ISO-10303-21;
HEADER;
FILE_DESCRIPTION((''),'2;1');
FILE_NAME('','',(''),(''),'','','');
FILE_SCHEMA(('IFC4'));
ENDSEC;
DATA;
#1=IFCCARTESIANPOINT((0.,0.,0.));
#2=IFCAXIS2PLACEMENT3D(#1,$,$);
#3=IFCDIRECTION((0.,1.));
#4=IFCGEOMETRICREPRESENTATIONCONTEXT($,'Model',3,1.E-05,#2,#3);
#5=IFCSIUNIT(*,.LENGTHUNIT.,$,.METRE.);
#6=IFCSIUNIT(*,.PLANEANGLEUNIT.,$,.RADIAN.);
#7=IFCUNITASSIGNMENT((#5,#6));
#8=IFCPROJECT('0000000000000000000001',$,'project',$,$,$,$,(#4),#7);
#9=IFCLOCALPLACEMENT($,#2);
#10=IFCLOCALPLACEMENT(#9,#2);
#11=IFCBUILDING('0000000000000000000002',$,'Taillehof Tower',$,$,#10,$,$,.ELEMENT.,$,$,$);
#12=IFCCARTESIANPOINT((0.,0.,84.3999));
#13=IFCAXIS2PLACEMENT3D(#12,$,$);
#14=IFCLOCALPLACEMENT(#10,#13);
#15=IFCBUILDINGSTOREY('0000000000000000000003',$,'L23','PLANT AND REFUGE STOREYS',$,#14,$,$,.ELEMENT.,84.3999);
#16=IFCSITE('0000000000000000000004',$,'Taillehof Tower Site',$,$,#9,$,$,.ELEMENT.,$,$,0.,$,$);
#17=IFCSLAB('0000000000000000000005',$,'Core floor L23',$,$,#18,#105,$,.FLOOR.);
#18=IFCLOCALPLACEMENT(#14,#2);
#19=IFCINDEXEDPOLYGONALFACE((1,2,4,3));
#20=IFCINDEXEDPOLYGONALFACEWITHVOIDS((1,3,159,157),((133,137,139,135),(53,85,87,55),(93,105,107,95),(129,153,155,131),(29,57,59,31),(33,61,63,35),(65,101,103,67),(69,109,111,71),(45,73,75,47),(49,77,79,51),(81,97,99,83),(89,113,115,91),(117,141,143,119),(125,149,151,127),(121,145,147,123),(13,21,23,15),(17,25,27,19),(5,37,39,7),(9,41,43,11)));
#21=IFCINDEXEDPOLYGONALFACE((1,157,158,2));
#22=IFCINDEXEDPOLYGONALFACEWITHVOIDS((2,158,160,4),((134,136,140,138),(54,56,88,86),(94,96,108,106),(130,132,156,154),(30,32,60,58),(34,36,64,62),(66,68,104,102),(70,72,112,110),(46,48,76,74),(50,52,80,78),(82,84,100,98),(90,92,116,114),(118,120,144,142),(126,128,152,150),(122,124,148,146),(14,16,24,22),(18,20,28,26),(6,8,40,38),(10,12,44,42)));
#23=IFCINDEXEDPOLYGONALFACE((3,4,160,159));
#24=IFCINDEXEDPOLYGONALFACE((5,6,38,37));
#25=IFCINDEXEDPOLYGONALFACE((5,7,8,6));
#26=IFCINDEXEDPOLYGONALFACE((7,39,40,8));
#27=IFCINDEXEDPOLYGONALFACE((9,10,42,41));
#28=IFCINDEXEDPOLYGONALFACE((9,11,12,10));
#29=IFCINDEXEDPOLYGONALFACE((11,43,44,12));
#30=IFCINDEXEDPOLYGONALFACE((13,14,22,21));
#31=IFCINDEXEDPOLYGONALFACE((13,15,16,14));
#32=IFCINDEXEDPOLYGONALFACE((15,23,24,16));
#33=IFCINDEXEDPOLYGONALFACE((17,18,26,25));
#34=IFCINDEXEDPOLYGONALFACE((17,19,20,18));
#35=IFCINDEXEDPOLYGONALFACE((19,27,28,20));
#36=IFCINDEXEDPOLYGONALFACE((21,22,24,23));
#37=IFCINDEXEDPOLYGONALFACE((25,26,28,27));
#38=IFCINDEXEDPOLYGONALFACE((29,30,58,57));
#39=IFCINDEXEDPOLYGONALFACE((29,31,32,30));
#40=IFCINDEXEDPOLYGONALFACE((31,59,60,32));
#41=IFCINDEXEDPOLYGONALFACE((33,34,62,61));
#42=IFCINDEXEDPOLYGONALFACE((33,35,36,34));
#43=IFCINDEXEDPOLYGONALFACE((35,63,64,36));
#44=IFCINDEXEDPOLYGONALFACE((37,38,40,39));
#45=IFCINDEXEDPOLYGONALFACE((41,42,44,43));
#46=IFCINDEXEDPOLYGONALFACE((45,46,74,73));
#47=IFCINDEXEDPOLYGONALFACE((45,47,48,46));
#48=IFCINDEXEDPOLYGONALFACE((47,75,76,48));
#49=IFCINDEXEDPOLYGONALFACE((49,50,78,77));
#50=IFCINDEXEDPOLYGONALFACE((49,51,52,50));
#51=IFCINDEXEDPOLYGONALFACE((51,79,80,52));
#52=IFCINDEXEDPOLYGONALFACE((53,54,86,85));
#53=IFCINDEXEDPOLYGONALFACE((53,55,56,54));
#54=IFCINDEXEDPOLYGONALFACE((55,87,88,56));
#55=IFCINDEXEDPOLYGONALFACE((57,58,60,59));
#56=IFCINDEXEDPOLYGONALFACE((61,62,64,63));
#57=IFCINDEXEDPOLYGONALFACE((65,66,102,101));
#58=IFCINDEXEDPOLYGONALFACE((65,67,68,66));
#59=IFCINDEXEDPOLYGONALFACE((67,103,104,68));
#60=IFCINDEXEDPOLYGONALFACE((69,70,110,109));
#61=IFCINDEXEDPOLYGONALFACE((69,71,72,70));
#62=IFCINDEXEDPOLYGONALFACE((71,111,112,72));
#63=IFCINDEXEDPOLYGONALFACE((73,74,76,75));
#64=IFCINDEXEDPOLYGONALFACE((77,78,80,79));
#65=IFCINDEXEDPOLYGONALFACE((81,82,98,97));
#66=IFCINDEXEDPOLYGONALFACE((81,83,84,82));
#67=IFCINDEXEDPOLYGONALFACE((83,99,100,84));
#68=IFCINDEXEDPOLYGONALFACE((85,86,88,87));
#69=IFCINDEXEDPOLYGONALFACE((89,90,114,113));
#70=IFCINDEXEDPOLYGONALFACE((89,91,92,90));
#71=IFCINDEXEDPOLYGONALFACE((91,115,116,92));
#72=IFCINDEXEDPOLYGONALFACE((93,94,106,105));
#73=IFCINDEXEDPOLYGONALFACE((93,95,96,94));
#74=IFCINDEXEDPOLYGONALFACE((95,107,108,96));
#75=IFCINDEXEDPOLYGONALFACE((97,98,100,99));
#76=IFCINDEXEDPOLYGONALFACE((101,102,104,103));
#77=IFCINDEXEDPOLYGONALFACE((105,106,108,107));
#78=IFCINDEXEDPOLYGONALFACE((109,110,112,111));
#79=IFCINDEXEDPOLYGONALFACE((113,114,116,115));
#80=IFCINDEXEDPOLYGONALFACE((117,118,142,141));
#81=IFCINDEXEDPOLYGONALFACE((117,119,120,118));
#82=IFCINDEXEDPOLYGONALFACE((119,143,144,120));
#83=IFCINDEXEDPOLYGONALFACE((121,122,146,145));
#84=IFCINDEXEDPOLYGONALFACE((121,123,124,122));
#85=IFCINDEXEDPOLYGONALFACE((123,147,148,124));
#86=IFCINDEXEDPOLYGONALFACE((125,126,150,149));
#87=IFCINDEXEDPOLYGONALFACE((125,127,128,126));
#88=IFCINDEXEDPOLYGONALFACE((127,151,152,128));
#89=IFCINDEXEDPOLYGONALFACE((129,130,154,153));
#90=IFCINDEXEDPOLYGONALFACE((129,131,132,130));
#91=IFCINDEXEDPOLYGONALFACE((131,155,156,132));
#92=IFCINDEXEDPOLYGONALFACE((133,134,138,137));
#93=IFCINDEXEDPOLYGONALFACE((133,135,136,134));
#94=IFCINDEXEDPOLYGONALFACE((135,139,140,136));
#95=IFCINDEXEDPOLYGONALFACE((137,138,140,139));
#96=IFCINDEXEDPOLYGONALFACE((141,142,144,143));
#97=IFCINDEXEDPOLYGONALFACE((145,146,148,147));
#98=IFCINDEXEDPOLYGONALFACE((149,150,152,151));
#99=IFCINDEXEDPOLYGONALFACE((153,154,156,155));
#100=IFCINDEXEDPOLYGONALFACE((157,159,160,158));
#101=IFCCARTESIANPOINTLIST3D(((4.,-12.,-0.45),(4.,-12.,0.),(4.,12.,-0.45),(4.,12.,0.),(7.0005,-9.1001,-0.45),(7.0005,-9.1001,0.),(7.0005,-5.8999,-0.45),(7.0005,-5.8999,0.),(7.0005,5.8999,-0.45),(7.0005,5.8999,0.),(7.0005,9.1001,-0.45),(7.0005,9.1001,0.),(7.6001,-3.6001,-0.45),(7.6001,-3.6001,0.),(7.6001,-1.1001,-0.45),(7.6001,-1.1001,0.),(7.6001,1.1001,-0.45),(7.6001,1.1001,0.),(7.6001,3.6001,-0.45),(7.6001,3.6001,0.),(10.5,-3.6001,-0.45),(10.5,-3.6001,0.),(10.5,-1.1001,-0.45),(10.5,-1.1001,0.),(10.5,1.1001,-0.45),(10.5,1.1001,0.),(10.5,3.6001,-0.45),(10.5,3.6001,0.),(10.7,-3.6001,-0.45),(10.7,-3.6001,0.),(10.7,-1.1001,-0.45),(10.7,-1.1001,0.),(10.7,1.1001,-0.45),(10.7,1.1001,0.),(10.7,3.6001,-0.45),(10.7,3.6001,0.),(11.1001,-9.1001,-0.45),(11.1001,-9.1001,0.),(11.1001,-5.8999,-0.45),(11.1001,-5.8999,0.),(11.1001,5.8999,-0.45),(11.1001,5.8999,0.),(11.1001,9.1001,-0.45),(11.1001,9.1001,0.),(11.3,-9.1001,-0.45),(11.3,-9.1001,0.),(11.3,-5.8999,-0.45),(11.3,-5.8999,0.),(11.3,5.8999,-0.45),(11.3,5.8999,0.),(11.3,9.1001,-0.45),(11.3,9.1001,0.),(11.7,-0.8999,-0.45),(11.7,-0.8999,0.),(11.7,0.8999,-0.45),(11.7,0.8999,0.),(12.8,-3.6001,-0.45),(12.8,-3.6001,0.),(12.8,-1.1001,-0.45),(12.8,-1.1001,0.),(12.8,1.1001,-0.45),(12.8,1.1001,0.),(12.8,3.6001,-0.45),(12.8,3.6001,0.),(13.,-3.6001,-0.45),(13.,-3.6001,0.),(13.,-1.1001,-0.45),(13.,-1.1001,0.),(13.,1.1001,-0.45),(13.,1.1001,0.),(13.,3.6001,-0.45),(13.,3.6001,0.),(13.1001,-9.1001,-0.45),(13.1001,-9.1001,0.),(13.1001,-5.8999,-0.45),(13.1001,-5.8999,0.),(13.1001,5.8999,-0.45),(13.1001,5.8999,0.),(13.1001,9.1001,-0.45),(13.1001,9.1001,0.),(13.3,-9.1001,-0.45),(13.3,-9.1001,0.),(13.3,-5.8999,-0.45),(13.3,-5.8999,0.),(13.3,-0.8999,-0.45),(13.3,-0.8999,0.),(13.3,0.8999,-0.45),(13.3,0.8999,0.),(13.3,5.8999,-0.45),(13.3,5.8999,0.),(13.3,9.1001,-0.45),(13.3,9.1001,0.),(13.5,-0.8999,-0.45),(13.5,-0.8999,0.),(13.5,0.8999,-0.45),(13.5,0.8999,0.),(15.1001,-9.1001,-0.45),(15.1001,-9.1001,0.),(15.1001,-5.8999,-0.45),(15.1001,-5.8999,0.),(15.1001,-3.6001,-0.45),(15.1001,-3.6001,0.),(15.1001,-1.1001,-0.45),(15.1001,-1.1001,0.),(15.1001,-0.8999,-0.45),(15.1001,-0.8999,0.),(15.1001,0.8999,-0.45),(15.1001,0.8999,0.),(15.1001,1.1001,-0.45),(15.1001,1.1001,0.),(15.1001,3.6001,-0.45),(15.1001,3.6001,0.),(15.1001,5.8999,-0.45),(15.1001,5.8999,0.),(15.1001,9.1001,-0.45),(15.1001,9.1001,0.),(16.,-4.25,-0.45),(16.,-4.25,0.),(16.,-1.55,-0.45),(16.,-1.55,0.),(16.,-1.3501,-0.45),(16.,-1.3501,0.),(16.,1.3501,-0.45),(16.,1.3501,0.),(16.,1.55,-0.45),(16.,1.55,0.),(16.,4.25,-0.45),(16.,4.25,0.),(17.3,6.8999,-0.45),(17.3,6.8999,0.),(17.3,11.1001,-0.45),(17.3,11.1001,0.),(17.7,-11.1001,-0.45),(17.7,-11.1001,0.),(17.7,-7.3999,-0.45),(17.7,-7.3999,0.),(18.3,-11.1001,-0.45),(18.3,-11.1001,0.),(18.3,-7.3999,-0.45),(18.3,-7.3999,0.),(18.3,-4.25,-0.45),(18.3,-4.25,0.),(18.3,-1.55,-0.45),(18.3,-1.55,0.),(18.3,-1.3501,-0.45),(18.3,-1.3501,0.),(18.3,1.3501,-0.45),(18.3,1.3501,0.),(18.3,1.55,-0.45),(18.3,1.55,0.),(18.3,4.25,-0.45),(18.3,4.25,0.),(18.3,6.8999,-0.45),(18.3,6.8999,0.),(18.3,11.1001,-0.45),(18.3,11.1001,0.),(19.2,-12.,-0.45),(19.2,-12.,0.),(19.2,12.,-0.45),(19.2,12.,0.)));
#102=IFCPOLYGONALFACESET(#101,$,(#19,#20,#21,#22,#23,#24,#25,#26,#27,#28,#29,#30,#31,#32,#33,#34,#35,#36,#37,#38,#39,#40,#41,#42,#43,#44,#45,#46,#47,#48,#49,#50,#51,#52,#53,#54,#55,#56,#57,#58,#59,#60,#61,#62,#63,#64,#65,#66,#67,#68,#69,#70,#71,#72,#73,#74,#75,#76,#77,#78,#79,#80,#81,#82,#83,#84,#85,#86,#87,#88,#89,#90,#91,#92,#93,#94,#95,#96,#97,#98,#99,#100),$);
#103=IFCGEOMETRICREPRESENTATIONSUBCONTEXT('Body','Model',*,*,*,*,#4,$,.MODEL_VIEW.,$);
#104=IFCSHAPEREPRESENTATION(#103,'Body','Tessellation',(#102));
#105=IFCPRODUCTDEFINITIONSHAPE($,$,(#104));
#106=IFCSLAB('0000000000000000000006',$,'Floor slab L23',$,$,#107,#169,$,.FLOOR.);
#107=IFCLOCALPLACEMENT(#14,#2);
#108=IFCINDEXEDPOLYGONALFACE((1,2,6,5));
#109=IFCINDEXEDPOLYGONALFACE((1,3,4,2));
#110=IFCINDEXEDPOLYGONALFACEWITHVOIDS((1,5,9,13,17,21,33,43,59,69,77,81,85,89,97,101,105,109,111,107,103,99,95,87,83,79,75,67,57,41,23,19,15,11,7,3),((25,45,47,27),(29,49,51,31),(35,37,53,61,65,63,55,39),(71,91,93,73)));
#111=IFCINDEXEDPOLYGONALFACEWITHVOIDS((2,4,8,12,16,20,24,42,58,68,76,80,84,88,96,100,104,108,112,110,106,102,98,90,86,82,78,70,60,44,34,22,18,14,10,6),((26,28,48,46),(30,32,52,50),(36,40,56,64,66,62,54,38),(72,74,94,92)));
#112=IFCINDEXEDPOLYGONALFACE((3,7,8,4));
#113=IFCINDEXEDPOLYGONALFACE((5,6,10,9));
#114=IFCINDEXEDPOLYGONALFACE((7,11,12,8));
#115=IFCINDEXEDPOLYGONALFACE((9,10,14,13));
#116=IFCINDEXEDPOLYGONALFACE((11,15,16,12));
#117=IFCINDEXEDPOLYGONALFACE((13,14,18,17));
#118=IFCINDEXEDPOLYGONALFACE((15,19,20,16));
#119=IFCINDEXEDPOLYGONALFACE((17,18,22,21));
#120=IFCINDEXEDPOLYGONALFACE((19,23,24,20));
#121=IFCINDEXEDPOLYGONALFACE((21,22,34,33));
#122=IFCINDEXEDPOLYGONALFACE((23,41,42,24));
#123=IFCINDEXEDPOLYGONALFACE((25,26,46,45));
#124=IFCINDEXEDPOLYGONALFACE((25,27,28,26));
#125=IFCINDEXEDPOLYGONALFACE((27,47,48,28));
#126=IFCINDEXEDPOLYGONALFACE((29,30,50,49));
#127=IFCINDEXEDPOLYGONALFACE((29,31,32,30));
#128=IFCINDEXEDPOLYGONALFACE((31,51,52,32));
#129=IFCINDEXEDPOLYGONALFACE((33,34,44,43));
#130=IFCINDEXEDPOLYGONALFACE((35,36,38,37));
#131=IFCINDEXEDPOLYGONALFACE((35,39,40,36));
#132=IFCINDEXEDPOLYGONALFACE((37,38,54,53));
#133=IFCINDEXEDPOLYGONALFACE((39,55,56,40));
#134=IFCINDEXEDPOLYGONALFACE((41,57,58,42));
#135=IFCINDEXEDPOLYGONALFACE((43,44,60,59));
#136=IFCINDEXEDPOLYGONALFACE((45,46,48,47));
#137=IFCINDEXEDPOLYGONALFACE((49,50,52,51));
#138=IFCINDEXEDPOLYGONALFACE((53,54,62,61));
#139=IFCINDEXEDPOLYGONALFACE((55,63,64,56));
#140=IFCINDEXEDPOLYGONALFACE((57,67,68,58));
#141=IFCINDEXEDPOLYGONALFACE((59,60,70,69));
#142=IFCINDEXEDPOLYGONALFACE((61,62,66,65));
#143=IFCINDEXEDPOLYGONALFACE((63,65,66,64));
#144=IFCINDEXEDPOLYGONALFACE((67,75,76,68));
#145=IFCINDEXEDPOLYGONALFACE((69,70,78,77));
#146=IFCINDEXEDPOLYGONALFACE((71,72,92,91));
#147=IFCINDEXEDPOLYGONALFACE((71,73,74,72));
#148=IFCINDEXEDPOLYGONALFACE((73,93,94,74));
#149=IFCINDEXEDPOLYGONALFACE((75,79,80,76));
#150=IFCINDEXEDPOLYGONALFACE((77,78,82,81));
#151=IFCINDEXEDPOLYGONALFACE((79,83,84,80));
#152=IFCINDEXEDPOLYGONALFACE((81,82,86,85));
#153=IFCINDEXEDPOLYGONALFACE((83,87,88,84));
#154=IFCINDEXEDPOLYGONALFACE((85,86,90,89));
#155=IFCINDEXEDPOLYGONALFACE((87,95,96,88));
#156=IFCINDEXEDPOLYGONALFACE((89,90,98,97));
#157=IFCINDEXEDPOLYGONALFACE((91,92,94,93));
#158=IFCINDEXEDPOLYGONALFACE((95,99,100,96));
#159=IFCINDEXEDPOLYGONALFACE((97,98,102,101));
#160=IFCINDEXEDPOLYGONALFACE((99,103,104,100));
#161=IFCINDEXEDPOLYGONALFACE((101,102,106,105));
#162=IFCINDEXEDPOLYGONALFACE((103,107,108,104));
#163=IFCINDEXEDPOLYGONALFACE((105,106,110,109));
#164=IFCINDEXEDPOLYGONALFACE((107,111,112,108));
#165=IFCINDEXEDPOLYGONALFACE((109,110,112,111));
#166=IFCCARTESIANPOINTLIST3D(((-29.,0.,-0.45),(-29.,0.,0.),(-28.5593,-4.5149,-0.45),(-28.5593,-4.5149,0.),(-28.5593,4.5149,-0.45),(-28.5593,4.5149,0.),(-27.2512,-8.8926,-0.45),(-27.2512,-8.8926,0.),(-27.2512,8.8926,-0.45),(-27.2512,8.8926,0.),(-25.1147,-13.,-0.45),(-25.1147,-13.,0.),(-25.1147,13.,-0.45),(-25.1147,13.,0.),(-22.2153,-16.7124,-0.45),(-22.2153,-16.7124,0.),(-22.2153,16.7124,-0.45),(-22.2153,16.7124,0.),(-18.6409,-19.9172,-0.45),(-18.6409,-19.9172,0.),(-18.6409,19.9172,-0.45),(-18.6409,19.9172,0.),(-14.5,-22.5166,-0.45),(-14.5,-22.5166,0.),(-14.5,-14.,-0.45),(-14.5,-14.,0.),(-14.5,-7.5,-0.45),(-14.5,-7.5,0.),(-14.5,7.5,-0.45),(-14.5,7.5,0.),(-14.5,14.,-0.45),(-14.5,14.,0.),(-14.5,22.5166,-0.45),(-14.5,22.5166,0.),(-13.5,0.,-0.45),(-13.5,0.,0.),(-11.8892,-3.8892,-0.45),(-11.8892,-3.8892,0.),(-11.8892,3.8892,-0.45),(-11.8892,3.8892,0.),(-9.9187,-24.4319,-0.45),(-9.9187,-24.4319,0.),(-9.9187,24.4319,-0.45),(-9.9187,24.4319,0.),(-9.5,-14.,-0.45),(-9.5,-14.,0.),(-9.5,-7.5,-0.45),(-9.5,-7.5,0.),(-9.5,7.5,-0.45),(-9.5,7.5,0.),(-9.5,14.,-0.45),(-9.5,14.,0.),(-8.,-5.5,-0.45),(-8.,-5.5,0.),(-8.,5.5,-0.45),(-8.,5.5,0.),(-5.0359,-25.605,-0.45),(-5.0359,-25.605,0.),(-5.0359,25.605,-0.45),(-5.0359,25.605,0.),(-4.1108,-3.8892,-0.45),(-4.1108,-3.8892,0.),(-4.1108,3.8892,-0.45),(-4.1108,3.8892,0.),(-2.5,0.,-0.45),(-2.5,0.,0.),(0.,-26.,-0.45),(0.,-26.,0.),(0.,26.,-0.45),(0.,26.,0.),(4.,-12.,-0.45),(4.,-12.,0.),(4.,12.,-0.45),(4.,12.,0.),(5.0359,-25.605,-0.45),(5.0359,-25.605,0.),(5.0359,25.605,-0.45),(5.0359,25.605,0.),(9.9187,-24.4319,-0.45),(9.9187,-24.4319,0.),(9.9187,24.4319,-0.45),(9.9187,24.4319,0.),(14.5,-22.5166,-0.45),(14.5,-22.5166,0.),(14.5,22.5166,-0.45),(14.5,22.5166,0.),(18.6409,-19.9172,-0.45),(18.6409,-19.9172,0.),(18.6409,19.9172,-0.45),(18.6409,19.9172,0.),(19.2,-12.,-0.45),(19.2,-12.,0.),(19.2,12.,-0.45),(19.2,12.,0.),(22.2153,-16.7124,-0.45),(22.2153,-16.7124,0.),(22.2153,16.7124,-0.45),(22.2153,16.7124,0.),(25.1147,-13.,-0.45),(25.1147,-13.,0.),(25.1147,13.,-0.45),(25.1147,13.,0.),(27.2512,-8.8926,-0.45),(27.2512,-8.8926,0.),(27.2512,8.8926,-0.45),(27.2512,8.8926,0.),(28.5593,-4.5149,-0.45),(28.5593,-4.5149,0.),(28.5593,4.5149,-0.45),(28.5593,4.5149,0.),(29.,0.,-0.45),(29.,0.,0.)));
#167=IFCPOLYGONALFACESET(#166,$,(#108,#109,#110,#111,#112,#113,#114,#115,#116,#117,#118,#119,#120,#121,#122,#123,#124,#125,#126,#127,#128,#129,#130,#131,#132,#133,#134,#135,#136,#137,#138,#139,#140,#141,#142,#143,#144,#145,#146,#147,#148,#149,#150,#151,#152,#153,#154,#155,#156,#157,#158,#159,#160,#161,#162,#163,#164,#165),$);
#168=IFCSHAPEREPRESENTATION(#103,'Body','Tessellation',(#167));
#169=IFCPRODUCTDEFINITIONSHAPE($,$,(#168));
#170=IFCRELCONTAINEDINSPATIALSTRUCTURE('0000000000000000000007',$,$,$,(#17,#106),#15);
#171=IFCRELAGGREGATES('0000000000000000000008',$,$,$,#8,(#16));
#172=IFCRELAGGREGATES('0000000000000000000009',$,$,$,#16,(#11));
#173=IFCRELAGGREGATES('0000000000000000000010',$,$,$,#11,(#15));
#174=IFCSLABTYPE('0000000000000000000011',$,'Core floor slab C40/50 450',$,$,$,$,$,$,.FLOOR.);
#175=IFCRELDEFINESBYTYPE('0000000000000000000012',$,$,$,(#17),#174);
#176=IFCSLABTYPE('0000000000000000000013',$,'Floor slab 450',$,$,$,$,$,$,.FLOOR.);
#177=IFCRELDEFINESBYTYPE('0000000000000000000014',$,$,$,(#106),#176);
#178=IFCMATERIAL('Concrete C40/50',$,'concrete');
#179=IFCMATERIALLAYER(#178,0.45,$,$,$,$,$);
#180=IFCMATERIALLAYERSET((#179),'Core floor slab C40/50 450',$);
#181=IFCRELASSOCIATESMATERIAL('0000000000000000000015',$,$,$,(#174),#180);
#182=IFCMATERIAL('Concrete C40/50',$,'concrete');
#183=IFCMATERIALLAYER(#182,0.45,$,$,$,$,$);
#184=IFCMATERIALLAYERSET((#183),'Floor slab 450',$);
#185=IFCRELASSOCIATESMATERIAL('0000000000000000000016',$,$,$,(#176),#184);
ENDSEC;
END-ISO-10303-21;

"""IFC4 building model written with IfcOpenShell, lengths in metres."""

from ifc_helpers import new_model, si_unit, direction, frame, origin, place, context, subcontext, project, spatial, polyline, outline, extrude, material, layer, layer_set, type_object, element, save


model = new_model("IFC4")

# Units and contexts
model_context = context("Model", 3, precision=1e-05, world=origin(), true_north=direction((0.0, 1.0)))
body_context = subcontext(model_context, "Body", "Model", "MODEL_VIEW")
ifc_project = project(units=[si_unit("LENGTHUNIT", "METRE"), si_unit("PLANEANGLEUNIT", "RADIAN")], contexts=[model_context])

# Site, building, storey
site_placement = place(None, origin())
site = spatial("IfcSite", under=ifc_project, at=site_placement, Name="Taillehof Tower Site", CompositionType="ELEMENT", RefElevation=0.0)
building_placement = place(site_placement, origin())
building = spatial("IfcBuilding", under=site, at=building_placement, Name="Taillehof Tower", CompositionType="ELEMENT")
storey_placement = place(building_placement, frame((0.0, 0.0, 84.3999)))
storey = spatial("IfcBuildingStorey", under=building, at=storey_placement, Name="L23", Description="PLANT AND REFUGE STOREYS", CompositionType="ELEMENT", Elevation=84.3999)

# Slabs
ifc_material_1 = material(Name="Concrete C40/50", Category="concrete")
ifc_layer_1 = layer(ifc_material_1, 0.45)
ifc_layer_set_1 = layer_set([ifc_layer_1], Name="Core floor slab C40/50 450")
slab_type_1 = type_object("IfcSlabType", Name="Core floor slab C40/50 450", PredefinedType="FLOOR", material=ifc_layer_set_1)
slab_1_placement = place(storey_placement, frame((0.0, 0.0, -0.45)))
element("IfcSlab", 1, at=slab_1_placement, inside=storey, type_object=slab_type_1, Name="Core floor L23", PredefinedType="FLOOR", context=body_context, shape_type="SweptSolid", body=[
    extrude(outline(polyline([(4.0, -12.0), (4.0, 12.0), (19.2, 12.0), (19.2, -12.0), (4.0, -12.0)]), holes=[polyline([(7.0005, -9.1001), (11.1001, -9.1001), (11.1001, -5.8999), (7.0005, -5.8999), (7.0005, -9.1001)]), polyline([(13.1001, -9.1001), (13.1001, -5.8999), (11.3, -5.8999), (11.3, -9.1001), (13.1001, -9.1001)]), polyline([(10.5, -3.6001), (10.5, -1.1001), (7.6001, -1.1001), (7.6001, -3.6001), (10.5, -3.6001)]), polyline([(12.8, -3.6001), (12.8, -1.1001), (10.7, -1.1001), (10.7, -3.6001), (12.8, -3.6001)]), polyline([(13.3, -0.8999), (13.3, 0.8999), (11.7, 0.8999), (11.7, -0.8999), (13.3, -0.8999)]), polyline([(10.5, 1.1001), (10.5, 3.6001), (7.6001, 3.6001), (7.6001, 1.1001), (10.5, 1.1001)]), polyline([(12.8, 1.1001), (12.8, 3.6001), (10.7, 3.6001), (10.7, 1.1001), (12.8, 1.1001)]), polyline([(13.0, 1.1001), (15.1001, 1.1001), (15.1001, 3.6001), (13.0, 3.6001), (13.0, 1.1001)]), polyline([(11.3, 5.8999), (13.1001, 5.8999), (13.1001, 9.1001), (11.3, 9.1001), (11.3, 5.8999)]), polyline([(11.1001, 5.8999), (11.1001, 9.1001), (7.0005, 9.1001), (7.0005, 5.8999), (11.1001, 5.8999)]), polyline([(18.3, -11.1001), (18.3, -7.3999), (17.7, -7.3999), (17.7, -11.1001), (18.3, -11.1001)]), polyline([(15.1001, -9.1001), (15.1001, -5.8999), (13.3, -5.8999), (13.3, -9.1001), (15.1001, -9.1001)]), polyline([(16.0, -4.25), (18.3, -4.25), (18.3, -1.55), (16.0, -1.55), (16.0, -4.25)]), polyline([(13.0, -3.6001), (15.1001, -3.6001), (15.1001, -1.1001), (13.0, -1.1001), (13.0, -3.6001)]), polyline([(15.1001, -0.8999), (15.1001, 0.8999), (13.5, 0.8999), (13.5, -0.8999), (15.1001, -0.8999)]), polyline([(18.3, -1.3501), (18.3, 1.3501), (16.0, 1.3501), (16.0, -1.3501), (18.3, -1.3501)]), polyline([(18.3, 1.55), (18.3, 4.25), (16.0, 4.25), (16.0, 1.55), (18.3, 1.55)]), polyline([(13.3, 5.8999), (15.1001, 5.8999), (15.1001, 9.1001), (13.3, 9.1001), (13.3, 5.8999)]), polyline([(17.3, 6.8999), (18.3, 6.8999), (18.3, 11.1001), (17.3, 11.1001), (17.3, 6.8999)])]), origin(), (0.0, 0.0, 1.0), 0.45),
])
ifc_material_2 = material(Name="Concrete C40/50", Category="concrete")
ifc_layer_2 = layer(ifc_material_2, 0.45)
ifc_layer_set_2 = layer_set([ifc_layer_2], Name="Floor slab 450")
slab_type_2 = type_object("IfcSlabType", Name="Floor slab 450", PredefinedType="FLOOR", material=ifc_layer_set_2)
slab_2_placement = place(storey_placement, frame((0.0, 0.0, -0.45)))
element("IfcSlab", 2, at=slab_2_placement, inside=storey, type_object=slab_type_2, Name="Floor slab L23", PredefinedType="FLOOR", context=body_context, shape_type="SweptSolid", body=[
    extrude(outline(polyline([(29.0, 0.0), (28.5593, 4.5149), (27.2512, 8.8926), (25.1147, 13.0), (22.2153, 16.7124), (18.6409, 19.9172), (14.5, 22.5166), (9.9187, 24.4319), (5.0359, 25.605), (0.0, 26.0), (-5.0359, 25.605), (-9.9187, 24.4319), (-14.5, 22.5166), (-18.6409, 19.9172), (-22.2153, 16.7124), (-25.1147, 13.0), (-27.2512, 8.8926), (-28.5593, 4.5149), (-29.0, 0.0), (-28.5593, -4.5149), (-27.2512, -8.8926), (-25.1147, -13.0), (-22.2153, -16.7124), (-18.6409, -19.9172), (-14.5, -22.5166), (-9.9187, -24.4319), (-5.0359, -25.605), (0.0, -26.0), (5.0359, -25.605), (9.9187, -24.4319), (14.5, -22.5166), (18.6409, -19.9172), (22.2153, -16.7124), (25.1147, -13.0), (27.2512, -8.8926), (28.5593, -4.5149), (29.0, 0.0)]), holes=[polyline([(-14.5, -7.5), (-9.5, -7.5), (-9.5, -14.0), (-14.5, -14.0), (-14.5, -7.5)]), polyline([(-8.0, -5.5), (-11.8892, -3.8892), (-13.5, 0.0), (-11.8892, 3.8892), (-8.0, 5.5), (-4.1108, 3.8892), (-2.5, 0.0), (-4.1108, -3.8892), (-8.0, -5.5)]), polyline([(19.2, 12.0), (19.2, -12.0), (4.0, -12.0), (4.0, 12.0), (19.2, 12.0)]), polyline([(-14.5, 14.0), (-9.5, 14.0), (-9.5, 7.5), (-14.5, 7.5), (-14.5, 14.0)])]), origin(), (0.0, 0.0, 1.0), 0.45),
])

save(model, "model.ifc")
